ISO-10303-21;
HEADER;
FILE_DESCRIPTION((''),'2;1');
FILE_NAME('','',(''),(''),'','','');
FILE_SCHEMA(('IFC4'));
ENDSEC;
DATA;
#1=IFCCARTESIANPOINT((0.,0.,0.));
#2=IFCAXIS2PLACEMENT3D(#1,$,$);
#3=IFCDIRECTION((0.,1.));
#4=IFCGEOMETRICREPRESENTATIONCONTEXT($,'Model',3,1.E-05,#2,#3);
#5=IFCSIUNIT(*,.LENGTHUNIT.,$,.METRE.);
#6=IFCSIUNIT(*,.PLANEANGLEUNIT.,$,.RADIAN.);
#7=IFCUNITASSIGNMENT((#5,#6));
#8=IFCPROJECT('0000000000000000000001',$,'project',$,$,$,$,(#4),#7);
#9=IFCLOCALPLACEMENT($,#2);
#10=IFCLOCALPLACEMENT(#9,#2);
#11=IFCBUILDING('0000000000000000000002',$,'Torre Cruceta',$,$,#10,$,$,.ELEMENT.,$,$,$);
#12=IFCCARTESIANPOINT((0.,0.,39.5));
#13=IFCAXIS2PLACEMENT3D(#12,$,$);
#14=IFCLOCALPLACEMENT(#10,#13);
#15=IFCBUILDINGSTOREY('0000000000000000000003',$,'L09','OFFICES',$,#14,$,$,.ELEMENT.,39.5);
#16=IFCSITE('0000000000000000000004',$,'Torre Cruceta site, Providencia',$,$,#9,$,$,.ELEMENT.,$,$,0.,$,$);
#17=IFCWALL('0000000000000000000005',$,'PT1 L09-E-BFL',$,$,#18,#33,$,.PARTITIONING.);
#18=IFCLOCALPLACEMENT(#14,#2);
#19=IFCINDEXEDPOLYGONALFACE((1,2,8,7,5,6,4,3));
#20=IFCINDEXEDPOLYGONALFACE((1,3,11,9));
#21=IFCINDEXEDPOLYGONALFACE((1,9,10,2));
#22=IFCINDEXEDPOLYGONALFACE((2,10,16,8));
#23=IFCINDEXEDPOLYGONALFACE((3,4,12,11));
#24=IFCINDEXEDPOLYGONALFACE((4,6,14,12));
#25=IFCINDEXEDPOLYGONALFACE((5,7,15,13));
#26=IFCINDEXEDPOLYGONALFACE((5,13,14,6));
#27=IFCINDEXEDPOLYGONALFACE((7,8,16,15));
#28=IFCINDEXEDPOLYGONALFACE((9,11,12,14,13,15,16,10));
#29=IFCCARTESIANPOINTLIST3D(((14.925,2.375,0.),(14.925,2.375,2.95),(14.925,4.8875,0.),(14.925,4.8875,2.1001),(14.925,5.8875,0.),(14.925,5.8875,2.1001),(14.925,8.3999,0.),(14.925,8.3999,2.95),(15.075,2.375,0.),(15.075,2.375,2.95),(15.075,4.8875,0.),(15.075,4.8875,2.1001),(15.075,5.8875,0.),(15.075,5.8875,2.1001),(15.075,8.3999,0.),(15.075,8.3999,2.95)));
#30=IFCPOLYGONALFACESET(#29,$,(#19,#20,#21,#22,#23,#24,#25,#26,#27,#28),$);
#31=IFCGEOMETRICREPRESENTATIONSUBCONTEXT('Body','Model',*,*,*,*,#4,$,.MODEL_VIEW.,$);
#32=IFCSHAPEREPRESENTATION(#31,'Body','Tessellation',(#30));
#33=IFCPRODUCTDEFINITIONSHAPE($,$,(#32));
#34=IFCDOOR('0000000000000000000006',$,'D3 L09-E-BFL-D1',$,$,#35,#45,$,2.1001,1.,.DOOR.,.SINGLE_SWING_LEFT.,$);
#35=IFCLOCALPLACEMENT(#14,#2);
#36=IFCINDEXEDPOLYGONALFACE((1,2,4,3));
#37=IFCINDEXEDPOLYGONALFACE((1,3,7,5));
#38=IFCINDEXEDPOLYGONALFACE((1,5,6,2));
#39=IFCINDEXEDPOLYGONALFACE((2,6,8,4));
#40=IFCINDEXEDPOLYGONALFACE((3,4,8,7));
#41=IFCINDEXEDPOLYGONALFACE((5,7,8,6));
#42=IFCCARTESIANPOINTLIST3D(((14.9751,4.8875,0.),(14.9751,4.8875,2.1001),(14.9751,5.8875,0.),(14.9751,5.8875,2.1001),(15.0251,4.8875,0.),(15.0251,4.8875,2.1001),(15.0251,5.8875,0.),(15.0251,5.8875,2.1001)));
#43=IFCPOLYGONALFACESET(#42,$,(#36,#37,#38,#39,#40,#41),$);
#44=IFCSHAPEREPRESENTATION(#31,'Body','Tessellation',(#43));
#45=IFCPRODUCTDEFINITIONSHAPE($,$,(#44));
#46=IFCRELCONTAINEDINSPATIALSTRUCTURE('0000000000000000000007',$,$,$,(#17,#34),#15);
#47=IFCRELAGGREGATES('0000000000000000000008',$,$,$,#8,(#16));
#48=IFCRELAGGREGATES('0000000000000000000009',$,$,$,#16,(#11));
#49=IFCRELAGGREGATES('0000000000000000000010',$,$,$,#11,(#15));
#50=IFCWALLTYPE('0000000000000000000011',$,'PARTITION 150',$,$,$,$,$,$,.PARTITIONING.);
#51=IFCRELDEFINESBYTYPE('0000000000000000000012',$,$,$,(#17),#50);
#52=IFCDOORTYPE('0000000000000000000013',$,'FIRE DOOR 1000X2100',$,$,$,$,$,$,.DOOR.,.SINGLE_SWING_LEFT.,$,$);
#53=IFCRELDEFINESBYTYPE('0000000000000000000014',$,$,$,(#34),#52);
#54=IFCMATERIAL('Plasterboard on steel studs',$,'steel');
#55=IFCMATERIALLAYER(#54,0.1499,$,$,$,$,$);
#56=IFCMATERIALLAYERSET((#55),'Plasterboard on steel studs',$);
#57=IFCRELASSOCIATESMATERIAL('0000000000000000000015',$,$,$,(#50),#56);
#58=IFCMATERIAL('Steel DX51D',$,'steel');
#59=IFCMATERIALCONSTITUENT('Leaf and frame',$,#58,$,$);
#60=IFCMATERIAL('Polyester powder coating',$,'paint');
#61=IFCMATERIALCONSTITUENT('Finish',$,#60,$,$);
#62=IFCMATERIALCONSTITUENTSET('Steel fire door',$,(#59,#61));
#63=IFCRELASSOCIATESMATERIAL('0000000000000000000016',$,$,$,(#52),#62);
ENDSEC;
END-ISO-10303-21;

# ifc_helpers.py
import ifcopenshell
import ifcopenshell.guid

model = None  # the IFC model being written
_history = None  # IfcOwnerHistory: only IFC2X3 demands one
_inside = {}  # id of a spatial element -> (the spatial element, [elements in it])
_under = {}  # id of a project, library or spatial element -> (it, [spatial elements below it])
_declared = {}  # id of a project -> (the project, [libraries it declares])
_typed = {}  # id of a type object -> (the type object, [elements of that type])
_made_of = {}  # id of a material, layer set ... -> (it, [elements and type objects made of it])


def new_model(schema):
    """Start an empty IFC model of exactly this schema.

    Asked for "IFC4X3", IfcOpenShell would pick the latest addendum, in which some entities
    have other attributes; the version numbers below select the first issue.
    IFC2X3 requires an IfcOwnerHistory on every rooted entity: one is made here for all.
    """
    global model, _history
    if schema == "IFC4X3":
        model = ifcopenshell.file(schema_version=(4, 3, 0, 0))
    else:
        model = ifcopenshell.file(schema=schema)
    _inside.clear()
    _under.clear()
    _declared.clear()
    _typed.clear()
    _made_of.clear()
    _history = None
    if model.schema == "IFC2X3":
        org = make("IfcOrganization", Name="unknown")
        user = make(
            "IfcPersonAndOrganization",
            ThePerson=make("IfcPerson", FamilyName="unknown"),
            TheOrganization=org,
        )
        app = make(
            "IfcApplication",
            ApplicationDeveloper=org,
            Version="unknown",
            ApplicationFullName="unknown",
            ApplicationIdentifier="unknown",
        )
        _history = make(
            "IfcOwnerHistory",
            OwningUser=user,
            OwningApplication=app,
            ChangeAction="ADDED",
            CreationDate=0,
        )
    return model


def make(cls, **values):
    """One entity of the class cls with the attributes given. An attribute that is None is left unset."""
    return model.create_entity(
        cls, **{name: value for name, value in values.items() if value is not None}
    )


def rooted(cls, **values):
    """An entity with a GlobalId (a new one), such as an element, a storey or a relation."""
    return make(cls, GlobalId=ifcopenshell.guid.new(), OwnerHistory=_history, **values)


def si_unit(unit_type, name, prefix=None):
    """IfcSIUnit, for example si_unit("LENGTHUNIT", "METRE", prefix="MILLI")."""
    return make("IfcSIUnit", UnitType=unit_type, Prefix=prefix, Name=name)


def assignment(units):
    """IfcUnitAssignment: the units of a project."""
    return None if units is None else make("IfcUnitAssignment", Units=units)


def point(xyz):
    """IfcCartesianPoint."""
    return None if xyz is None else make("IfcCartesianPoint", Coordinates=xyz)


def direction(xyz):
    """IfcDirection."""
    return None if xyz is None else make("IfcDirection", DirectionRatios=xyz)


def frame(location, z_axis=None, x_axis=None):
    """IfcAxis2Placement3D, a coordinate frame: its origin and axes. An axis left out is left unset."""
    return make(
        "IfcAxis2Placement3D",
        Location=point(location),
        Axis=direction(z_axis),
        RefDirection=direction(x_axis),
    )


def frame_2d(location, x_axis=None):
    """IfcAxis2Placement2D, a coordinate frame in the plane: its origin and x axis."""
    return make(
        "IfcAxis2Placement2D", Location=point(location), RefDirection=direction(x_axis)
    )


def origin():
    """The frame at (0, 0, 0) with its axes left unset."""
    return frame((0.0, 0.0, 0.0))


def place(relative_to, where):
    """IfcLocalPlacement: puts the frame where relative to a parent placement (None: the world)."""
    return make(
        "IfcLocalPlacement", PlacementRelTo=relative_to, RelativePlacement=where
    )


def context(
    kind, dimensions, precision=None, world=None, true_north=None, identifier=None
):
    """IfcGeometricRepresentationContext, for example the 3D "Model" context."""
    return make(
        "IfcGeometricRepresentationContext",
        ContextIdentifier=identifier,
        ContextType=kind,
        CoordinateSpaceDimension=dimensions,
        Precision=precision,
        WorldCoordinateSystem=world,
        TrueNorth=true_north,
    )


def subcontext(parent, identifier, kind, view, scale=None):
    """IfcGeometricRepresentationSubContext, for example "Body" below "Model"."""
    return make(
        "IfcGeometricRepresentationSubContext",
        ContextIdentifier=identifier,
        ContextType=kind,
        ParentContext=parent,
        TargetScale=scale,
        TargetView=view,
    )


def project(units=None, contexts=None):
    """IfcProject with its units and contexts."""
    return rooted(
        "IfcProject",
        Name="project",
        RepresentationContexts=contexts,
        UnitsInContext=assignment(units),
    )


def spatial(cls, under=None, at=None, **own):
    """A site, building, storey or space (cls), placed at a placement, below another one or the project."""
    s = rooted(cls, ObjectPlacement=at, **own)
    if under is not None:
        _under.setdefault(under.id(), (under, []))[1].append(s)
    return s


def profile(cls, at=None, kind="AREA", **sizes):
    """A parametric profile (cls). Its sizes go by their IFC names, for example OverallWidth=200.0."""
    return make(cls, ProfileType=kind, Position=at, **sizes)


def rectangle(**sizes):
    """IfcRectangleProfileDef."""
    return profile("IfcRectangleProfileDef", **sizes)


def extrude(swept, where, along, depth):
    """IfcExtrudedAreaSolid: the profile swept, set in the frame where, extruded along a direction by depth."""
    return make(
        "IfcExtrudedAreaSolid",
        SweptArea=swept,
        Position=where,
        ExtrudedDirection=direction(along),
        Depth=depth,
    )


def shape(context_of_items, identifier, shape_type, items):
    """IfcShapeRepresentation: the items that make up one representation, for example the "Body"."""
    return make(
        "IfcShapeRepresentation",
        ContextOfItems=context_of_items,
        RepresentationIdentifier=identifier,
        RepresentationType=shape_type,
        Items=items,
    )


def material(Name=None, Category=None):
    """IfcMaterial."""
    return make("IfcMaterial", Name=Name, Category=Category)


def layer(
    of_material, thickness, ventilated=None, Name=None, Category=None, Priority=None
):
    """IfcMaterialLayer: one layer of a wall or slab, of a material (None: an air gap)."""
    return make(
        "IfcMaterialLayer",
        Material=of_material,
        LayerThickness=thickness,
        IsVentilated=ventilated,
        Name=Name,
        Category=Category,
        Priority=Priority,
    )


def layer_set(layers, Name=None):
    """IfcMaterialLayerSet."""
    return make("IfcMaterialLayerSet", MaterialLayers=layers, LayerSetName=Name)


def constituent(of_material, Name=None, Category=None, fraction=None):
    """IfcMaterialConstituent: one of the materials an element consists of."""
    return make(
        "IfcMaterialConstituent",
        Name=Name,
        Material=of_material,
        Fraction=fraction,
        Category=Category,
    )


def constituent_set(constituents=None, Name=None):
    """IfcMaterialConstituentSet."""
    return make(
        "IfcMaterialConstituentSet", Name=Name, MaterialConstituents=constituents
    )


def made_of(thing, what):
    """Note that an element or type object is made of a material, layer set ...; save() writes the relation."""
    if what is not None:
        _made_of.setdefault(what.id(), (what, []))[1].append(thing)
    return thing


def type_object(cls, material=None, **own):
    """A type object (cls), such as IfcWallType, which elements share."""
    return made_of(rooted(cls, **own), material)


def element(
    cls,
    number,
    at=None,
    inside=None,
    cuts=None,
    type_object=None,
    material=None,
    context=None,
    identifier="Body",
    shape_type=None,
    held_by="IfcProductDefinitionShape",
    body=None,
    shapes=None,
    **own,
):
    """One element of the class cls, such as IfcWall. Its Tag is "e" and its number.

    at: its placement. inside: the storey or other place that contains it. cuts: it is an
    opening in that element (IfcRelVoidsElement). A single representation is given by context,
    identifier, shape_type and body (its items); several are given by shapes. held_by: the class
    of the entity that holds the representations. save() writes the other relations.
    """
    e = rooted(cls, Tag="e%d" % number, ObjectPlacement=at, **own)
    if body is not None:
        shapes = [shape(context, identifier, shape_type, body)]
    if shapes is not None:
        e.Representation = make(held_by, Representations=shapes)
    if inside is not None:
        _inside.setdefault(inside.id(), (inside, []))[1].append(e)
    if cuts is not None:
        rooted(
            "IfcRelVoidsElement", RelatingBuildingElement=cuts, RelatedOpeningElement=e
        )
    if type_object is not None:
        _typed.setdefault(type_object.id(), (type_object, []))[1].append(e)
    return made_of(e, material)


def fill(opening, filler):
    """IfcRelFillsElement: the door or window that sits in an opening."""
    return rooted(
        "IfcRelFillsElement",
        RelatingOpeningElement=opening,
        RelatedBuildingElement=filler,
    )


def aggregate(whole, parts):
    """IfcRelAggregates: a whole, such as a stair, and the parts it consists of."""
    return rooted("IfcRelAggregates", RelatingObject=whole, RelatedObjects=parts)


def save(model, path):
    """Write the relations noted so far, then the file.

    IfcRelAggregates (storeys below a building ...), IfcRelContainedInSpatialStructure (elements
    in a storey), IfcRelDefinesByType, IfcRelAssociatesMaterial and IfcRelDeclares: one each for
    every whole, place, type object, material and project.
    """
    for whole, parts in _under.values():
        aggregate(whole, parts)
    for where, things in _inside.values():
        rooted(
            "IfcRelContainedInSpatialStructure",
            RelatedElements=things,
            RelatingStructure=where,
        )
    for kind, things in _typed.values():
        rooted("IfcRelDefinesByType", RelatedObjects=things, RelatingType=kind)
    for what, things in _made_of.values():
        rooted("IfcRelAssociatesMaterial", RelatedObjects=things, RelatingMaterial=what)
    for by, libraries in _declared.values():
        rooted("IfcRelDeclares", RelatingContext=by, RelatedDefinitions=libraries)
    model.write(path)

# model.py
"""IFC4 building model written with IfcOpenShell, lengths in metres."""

from ifc_helpers import new_model, si_unit, direction, frame, frame_2d, origin, place, context, subcontext, project, spatial, rectangle, extrude, material, layer, layer_set, constituent, constituent_set, type_object, element, fill, save


model = new_model("IFC4")

# Units and contexts
model_context = context("Model", 3, precision=1e-05, world=origin(), true_north=direction((0.0, 1.0)))
body_context = subcontext(model_context, "Body", "Model", "MODEL_VIEW")
ifc_project = project(units=[si_unit("LENGTHUNIT", "METRE"), si_unit("PLANEANGLEUNIT", "RADIAN")], contexts=[model_context])

# Site, building, storey
site_placement = place(None, origin())
site = spatial("IfcSite", under=ifc_project, at=site_placement, Name="Torre Cruceta site, Providencia", CompositionType="ELEMENT", RefElevation=0.0)
building_placement = place(site_placement, origin())
building = spatial("IfcBuilding", under=site, at=building_placement, Name="Torre Cruceta", CompositionType="ELEMENT")
storey_placement = place(building_placement, frame((0.0, 0.0, 39.5)))
storey = spatial("IfcBuildingStorey", under=building, at=storey_placement, Name="L09", Description="OFFICES", CompositionType="ELEMENT", Elevation=39.5)

# Wall, opening, door
ifc_material_1 = material(Name="Plasterboard on steel studs", Category="steel")
ifc_layer_1 = layer(ifc_material_1, 0.1499)
ifc_layer_set_1 = layer_set([ifc_layer_1], Name="Plasterboard on steel studs")
wall_type_1 = type_object("IfcWallType", Name="PARTITION 150", PredefinedType="PARTITIONING", material=ifc_layer_set_1)
wall_1_placement = place(storey_placement, frame((15.0, 2.375, 0.0), z_axis=(0.0, 0.0, 1.0), x_axis=(0.0, 1.0, 0.0)))
wall_1 = element("IfcWall", 1, at=wall_1_placement, inside=storey, type_object=wall_type_1, Name="PT1 L09-E-BFL", PredefinedType="PARTITIONING", context=body_context, shape_type="SweptSolid", body=[
    extrude(rectangle(XDim=6.0249, YDim=0.1499, at=frame_2d((3.0125, 0.0))), origin(), (0.0, 0.0, 1.0), 2.95),
])
opening_1_placement = place(wall_1_placement, frame((2.5125, 0.0, 0.0)))
opening_1 = element("IfcOpeningElement", 2, at=opening_1_placement, cuts=wall_1, PredefinedType="OPENING", context=body_context, shape_type="SweptSolid", body=[
    extrude(rectangle(XDim=1.0, YDim=2.1001, at=frame_2d((0.5, 1.05))), frame((0.0, 0.085, 0.0), z_axis=(0.0, -1.0, 0.0), x_axis=(1.0, 0.0, 0.0)), (0.0, 0.0, 1.0), 0.1699),
])
ifc_material_2 = material(Name="Steel DX51D", Category="steel")
ifc_constituent_1 = constituent(ifc_material_2, Name="Leaf and frame")
ifc_material_3 = material(Name="Polyester powder coating", Category="paint")
ifc_constituent_2 = constituent(ifc_material_3, Name="Finish")
ifc_constituent_set_1 = constituent_set(constituents=[ifc_constituent_1, ifc_constituent_2], Name="Steel fire door")
door_type = type_object("IfcDoorType", Name="FIRE DOOR 1000X2100", OperationType="SINGLE_SWING_LEFT", PredefinedType="DOOR", material=ifc_constituent_set_1)
door_placement = place(opening_1_placement, origin())
door = element("IfcDoor", 3, at=door_placement, inside=storey, type_object=door_type, Name="D3 L09-E-BFL-D1", OperationType="SINGLE_SWING_LEFT", OverallHeight=2.1001, OverallWidth=1.0, PredefinedType="DOOR", context=body_context, shape_type="SweptSolid", body=[
    extrude(rectangle(XDim=1.0, YDim=2.1001, at=frame_2d((0.5, 1.05))), frame((0.0, 0.0249, 0.0), z_axis=(0.0, -1.0, 0.0), x_axis=(1.0, 0.0, 0.0)), (0.0, 0.0, 1.0), 0.05),
])
fill(opening_1, door)

save(model, "model.ifc")
